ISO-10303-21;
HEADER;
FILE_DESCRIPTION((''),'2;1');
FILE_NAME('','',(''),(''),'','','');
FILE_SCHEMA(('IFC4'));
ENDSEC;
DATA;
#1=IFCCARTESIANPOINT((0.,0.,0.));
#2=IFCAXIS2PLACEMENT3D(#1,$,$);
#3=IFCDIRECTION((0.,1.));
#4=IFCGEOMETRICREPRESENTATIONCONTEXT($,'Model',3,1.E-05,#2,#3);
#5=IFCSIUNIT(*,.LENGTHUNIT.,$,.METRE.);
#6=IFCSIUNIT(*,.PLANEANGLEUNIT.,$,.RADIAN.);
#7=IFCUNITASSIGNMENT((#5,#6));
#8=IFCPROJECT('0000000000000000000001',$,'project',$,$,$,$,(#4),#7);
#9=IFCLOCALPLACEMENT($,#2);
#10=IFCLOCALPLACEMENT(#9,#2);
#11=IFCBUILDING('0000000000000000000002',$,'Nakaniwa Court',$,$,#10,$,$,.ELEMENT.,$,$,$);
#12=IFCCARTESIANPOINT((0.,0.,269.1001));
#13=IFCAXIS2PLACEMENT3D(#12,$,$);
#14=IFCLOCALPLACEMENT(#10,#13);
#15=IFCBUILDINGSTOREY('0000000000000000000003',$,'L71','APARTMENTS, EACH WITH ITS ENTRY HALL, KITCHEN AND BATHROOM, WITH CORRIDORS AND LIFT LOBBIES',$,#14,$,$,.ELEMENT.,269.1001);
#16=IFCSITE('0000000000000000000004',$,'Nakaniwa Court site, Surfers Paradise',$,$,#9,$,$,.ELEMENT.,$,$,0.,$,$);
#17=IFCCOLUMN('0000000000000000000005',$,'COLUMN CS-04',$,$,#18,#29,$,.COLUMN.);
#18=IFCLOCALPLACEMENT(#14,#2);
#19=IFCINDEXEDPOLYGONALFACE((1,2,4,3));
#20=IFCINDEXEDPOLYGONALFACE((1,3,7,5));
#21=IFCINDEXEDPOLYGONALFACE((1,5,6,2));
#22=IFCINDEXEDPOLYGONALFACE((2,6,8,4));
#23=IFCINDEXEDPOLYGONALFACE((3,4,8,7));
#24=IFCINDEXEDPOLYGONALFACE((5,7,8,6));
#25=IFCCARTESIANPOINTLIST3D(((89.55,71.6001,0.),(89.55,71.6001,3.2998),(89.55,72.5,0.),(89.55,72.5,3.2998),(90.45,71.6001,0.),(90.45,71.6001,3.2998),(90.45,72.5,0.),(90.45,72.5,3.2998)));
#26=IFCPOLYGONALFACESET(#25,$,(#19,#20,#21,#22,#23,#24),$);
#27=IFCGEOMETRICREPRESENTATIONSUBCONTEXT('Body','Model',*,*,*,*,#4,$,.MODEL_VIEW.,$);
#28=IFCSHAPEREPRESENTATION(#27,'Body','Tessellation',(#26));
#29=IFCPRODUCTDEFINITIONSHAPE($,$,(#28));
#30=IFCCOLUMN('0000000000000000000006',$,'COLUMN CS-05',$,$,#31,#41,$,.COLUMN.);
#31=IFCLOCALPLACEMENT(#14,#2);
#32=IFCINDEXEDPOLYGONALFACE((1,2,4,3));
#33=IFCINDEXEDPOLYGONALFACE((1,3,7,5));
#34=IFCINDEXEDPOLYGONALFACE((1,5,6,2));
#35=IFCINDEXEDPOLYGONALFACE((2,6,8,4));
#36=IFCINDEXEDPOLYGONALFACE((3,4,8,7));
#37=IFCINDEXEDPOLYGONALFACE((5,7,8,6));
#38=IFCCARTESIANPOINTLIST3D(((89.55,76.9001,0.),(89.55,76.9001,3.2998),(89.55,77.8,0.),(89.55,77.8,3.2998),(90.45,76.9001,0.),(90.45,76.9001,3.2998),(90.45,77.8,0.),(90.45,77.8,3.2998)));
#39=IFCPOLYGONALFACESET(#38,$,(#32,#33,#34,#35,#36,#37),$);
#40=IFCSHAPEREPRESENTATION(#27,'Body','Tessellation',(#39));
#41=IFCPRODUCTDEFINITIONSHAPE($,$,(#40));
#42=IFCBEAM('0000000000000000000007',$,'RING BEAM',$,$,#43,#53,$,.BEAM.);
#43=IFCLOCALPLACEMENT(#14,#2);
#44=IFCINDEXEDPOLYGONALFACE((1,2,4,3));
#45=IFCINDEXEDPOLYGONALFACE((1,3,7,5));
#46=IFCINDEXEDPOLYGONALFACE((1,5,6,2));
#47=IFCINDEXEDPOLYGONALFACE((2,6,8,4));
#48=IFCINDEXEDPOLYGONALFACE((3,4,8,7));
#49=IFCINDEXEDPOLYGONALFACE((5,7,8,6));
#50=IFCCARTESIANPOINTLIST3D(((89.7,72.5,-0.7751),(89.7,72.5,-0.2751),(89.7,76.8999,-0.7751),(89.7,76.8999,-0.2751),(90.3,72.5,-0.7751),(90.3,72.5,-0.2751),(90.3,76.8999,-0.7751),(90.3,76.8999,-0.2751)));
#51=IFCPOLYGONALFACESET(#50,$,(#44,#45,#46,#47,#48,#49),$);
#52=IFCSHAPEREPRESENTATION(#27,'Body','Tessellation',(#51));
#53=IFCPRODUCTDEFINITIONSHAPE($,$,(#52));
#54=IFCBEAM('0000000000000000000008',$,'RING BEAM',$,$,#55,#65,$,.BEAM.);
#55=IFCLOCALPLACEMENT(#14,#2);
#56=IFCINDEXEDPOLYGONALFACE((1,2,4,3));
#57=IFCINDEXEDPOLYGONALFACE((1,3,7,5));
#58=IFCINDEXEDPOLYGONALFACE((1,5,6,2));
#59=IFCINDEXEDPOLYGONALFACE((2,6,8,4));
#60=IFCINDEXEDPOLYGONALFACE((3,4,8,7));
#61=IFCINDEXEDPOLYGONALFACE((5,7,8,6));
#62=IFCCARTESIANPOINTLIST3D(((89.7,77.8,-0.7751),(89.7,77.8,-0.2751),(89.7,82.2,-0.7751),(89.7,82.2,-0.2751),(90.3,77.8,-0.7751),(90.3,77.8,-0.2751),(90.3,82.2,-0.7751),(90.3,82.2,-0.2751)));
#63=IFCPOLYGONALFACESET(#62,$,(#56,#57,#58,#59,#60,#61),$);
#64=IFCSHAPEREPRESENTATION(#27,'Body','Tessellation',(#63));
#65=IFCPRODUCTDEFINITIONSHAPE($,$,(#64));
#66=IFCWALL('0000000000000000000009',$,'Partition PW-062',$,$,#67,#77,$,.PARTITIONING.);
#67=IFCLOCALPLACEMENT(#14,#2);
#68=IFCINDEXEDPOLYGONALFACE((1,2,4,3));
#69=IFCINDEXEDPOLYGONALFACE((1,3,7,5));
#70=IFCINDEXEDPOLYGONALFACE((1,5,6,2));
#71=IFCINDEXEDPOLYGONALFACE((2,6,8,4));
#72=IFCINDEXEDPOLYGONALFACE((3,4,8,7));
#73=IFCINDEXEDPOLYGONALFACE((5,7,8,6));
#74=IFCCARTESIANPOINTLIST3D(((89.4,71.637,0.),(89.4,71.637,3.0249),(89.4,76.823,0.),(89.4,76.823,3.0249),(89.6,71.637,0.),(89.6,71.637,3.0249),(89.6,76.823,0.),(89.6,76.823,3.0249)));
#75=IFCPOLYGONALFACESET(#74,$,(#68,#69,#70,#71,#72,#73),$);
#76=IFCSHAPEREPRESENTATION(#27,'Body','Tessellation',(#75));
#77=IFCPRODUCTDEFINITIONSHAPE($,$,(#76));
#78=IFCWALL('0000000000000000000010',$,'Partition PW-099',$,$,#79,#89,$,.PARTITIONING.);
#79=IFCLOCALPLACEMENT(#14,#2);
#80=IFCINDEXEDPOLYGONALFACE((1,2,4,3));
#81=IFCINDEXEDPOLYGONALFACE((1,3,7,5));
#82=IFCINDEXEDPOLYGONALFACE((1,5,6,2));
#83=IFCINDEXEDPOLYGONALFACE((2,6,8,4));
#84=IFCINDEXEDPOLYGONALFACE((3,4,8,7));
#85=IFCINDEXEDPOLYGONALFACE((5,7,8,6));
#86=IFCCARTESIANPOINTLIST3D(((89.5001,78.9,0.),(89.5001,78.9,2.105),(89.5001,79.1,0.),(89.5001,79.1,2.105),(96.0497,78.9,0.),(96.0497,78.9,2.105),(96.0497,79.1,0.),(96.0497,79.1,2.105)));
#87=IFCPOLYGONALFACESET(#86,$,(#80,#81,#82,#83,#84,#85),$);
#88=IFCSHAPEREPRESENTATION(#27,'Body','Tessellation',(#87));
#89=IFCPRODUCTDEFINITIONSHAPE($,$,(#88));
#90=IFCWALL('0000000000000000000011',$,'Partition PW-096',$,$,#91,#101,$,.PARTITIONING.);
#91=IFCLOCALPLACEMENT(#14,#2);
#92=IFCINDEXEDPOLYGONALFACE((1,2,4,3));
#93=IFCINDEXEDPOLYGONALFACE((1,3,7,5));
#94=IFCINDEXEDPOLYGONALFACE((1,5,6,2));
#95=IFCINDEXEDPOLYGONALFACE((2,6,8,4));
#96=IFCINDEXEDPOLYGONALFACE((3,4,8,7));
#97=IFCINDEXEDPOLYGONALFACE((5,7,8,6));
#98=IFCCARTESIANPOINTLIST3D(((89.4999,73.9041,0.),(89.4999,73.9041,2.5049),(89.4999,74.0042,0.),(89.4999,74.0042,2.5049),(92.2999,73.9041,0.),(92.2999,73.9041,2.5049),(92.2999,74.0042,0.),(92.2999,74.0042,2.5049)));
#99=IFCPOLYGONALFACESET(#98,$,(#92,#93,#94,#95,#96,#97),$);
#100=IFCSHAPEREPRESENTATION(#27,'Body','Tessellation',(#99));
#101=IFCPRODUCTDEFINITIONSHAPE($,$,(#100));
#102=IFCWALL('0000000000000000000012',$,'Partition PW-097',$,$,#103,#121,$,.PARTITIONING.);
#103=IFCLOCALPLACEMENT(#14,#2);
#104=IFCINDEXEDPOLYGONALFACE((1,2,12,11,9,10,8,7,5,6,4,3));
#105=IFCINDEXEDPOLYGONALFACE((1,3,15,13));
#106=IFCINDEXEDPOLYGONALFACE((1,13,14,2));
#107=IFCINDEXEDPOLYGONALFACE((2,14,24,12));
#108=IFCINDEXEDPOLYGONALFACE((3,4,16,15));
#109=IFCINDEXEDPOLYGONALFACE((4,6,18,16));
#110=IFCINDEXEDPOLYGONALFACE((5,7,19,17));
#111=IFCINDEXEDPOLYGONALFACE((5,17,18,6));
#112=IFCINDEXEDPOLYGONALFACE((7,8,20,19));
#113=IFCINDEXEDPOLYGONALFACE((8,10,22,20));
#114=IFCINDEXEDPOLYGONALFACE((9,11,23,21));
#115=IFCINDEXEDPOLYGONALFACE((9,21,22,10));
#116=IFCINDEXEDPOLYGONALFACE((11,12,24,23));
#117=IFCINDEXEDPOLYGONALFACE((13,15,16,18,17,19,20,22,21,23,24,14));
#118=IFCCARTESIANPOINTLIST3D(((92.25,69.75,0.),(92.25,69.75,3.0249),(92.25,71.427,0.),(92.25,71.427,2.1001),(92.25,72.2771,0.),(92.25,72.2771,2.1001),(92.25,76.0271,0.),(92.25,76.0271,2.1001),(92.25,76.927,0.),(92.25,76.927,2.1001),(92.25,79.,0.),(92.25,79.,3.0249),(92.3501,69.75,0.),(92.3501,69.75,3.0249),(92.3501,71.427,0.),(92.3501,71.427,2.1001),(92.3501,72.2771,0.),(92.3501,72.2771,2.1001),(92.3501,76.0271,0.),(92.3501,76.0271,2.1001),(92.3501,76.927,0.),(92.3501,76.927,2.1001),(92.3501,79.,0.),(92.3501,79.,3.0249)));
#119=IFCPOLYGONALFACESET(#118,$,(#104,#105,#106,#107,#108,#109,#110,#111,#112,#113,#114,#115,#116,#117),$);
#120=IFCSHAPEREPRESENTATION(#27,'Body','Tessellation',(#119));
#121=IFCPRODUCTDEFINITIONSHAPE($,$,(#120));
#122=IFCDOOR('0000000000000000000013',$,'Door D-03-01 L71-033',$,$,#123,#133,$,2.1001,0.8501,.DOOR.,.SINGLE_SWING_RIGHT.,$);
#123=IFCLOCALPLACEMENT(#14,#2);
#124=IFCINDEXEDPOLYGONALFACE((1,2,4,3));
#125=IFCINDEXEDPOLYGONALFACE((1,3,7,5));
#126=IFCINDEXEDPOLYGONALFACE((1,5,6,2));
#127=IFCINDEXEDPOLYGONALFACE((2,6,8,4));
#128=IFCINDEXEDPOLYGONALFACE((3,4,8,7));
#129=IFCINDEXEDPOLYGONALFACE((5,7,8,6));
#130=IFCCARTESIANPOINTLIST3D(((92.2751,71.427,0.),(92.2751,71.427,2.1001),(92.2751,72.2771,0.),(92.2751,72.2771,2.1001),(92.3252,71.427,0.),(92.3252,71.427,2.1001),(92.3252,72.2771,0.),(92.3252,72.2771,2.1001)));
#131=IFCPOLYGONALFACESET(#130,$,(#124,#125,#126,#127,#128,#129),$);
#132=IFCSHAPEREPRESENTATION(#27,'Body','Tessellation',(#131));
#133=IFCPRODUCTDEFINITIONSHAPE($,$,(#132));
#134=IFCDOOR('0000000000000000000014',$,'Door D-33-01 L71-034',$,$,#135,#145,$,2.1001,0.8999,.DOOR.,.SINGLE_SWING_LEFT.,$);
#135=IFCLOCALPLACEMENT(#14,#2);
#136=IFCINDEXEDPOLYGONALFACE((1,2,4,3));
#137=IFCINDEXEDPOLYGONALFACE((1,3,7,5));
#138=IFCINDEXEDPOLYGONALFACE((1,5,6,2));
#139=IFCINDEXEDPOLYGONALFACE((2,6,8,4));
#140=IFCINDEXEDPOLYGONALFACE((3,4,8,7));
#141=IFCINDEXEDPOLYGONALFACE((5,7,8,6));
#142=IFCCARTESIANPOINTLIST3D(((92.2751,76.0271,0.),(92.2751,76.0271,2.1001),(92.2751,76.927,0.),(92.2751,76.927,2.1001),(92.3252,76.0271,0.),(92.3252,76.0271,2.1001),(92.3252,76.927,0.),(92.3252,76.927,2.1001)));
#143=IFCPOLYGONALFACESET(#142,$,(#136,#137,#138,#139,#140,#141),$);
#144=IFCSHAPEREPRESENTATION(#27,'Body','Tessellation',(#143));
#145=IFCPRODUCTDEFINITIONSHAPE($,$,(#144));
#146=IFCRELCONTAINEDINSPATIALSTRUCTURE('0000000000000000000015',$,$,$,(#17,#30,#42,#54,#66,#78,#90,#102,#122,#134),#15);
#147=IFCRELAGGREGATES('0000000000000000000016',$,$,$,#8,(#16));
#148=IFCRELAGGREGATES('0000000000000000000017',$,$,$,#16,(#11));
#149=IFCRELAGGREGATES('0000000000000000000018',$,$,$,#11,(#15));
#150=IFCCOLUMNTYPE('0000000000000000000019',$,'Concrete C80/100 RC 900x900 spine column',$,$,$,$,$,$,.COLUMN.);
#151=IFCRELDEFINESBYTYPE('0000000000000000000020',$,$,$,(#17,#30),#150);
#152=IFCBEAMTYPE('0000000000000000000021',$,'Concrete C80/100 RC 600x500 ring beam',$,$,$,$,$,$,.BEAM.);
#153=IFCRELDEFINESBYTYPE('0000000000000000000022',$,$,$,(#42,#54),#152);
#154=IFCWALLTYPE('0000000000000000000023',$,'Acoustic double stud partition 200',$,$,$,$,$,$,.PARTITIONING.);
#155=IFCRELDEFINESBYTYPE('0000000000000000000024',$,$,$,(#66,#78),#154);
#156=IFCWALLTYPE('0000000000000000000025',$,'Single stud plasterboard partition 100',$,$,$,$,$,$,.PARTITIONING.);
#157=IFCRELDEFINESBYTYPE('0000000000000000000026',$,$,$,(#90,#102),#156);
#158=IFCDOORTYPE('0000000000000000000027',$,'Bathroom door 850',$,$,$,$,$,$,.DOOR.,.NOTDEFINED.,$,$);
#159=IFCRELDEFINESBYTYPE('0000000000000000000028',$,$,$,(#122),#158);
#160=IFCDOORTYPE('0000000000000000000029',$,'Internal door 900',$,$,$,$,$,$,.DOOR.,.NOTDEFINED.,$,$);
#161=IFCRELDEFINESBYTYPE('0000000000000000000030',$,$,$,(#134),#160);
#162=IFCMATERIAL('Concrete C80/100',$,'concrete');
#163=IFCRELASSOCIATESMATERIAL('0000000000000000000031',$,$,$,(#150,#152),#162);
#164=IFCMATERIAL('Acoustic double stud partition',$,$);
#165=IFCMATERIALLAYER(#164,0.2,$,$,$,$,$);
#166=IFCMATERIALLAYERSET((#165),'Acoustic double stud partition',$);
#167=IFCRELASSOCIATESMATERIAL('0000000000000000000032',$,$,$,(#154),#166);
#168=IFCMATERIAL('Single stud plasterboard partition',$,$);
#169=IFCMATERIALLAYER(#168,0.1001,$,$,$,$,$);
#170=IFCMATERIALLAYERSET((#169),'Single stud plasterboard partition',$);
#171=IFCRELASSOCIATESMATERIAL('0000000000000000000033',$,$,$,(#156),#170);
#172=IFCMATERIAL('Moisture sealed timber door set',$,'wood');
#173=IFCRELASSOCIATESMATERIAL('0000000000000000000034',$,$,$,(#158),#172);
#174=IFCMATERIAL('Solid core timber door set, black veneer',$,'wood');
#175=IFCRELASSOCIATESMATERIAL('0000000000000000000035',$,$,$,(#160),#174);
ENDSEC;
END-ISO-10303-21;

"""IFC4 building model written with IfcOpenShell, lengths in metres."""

from ifc_helpers import new_model, si_unit, direction, frame, frame_2d, origin, origin_2d, place, context, subcontext, project, spatial, rectangle, extrude, material, layer, layer_set, material_profile, profile_set, type_object, element, fill, save


model = new_model("IFC4")

# Units and contexts
model_context = context("Model", 3, precision=1e-05, world=origin(), true_north=direction((0.0, 1.0)))
body_context = subcontext(model_context, "Body", "Model", "MODEL_VIEW")
ifc_project = project(units=[si_unit("LENGTHUNIT", "METRE"), si_unit("PLANEANGLEUNIT", "RADIAN")], contexts=[model_context])

# Site, building, storey
site_placement = place(None, origin())
site = spatial("IfcSite", under=ifc_project, at=site_placement, Name="Nakaniwa Court site, Surfers Paradise", CompositionType="ELEMENT", RefElevation=0.0)
building_placement = place(site_placement, origin())
building = spatial("IfcBuilding", under=site, at=building_placement, Name="Nakaniwa Court", CompositionType="ELEMENT")
storey_placement = place(building_placement, frame((0.0, 0.0, 269.1001)))
storey = spatial("IfcBuildingStorey", under=building, at=storey_placement, Name="L71", Description="APARTMENTS, EACH WITH ITS ENTRY HALL, KITCHEN AND BATHROOM, WITH CORRIDORS AND LIFT LOBBIES", CompositionType="ELEMENT", Elevation=269.1001)

# Columns
ifc_material_1 = material(Name="Concrete C80/100", Category="concrete")
ifc_material_profile_1 = material_profile(ifc_material_1, rectangle(XDim=0.8999, YDim=0.8999, at=origin_2d()), Name="Concrete C80/100 RC 900x900 spine column")
ifc_profile_set_1 = profile_set([ifc_material_profile_1], Name="Concrete C80/100")
column_type = type_object("IfcColumnType", Name="Concrete C80/100 RC 900x900 spine column", PredefinedType="COLUMN", material=ifc_profile_set_1)
for number, where, z_axis, x_axis, name in (
    (1, (90.0, 72.05, 0.0), (0.0, 0.0, 1.0), (0.0, 1.0, 0.0), "COLUMN CS-04"),
    (2, (90.0, 77.3501, 0.0), (0.0, 0.0, 1.0), (0.0, 1.0, 0.0), "COLUMN CS-05"),
):
    element("IfcColumn", number, at=place(storey_placement, frame(where, z_axis=z_axis, x_axis=x_axis)), inside=storey, type_object=column_type, Name=name, PredefinedType="COLUMN", context=body_context, shape_type="SweptSolid", body=[
        extrude(rectangle(XDim=0.8999, YDim=0.8999, at=origin_2d()), origin(), (0.0, 0.0, 1.0), 3.2998),
    ])

# Beams
ifc_material_profile_2 = material_profile(ifc_material_1, rectangle(XDim=0.6001, YDim=0.5, at=origin_2d()), Name="Concrete C80/100 RC 600x500 ring beam")
ifc_profile_set_2 = profile_set([ifc_material_profile_2], Name="Concrete C80/100")
beam_type = type_object("IfcBeamType", Name="Concrete C80/100 RC 600x500 ring beam", PredefinedType="BEAM", material=ifc_profile_set_2)
for number, where, z_axis, x_axis, name in (
    (3, (90.0, 72.5, -0.5251), (0.0, 1.0, 0.0), (-1.0, 0.0, 0.0), "RING BEAM"),
    (4, (90.0, 77.8, -0.5251), (0.0, 1.0, 0.0), (-1.0, 0.0, 0.0), "RING BEAM"),
):
    element("IfcBeam", number, at=place(storey_placement, frame(where, z_axis=z_axis, x_axis=x_axis)), inside=storey, type_object=beam_type, Name=name, PredefinedType="BEAM", context=body_context, shape_type="SweptSolid", body=[
        extrude(rectangle(XDim=0.6001, YDim=0.5, at=origin_2d()), origin(), (0.0, 0.0, 1.0), 4.3999),
    ])

# Walls
ifc_material_2 = material(Name="Acoustic double stud partition")
ifc_layer_1 = layer(ifc_material_2, 0.2)
ifc_layer_set_1 = layer_set([ifc_layer_1], Name="Acoustic double stud partition")
wall_type_1 = type_object("IfcWallType", Name="Acoustic double stud partition 200", PredefinedType="PARTITIONING", material=ifc_layer_set_1)
wall_1_placement = place(storey_placement, frame((89.5, 71.637, 0.0), z_axis=(0.0, 0.0, 1.0), x_axis=(0.0, 1.0, 0.0)))
element("IfcWall", 5, at=wall_1_placement, inside=storey, type_object=wall_type_1, Name="Partition PW-062", PredefinedType="PARTITIONING", context=body_context, shape_type="SweptSolid", body=[
    extrude(rectangle(XDim=5.186, YDim=0.2, at=frame_2d((2.593, 0.0))), origin(), (0.0, 0.0, 1.0), 3.0249),
])
wall_2_placement = place(storey_placement, frame((89.5, 79.0, 0.0), z_axis=(0.0, 0.0, 1.0), x_axis=(1.0, 0.0, 0.0)))
element("IfcWall", 6, at=wall_2_placement, inside=storey, type_object=wall_type_1, Name="Partition PW-099", PredefinedType="PARTITIONING", context=body_context, shape_type="SweptSolid", body=[
    extrude(rectangle(XDim=6.5496, YDim=0.2, at=frame_2d((3.2749, 0.0))), origin(), (0.0, 0.0, 1.0), 2.105),
])
ifc_material_3 = material(Name="Single stud plasterboard partition")
ifc_layer_2 = layer(ifc_material_3, 0.1001)
ifc_layer_set_2 = layer_set([ifc_layer_2], Name="Single stud plasterboard partition")
wall_type_2 = type_object("IfcWallType", Name="Single stud plasterboard partition 100", PredefinedType="PARTITIONING", material=ifc_layer_set_2)
wall_3_placement = place(storey_placement, frame((89.5, 73.9541, 0.0), z_axis=(0.0, 0.0, 1.0), x_axis=(1.0, 0.0, 0.0)))
element("IfcWall", 7, at=wall_3_placement, inside=storey, type_object=wall_type_2, Name="Partition PW-096", PredefinedType="PARTITIONING", context=body_context, shape_type="SweptSolid", body=[
    extrude(rectangle(XDim=2.8, YDim=0.1001, at=frame_2d((1.3999, 0.0))), origin(), (0.0, 0.0, 1.0), 2.5049),
])

# Wall, openings, doors
wall_4_placement = place(storey_placement, frame((92.3, 69.75, 0.0), z_axis=(0.0, 0.0, 1.0), x_axis=(0.0, 1.0, 0.0)))
wall_4 = element("IfcWall", 8, at=wall_4_placement, inside=storey, type_object=wall_type_2, Name="Partition PW-097", PredefinedType="PARTITIONING", context=body_context, shape_type="SweptSolid", body=[
    extrude(rectangle(XDim=9.25, YDim=0.1001, at=frame_2d((4.625, 0.0))), origin(), (0.0, 0.0, 1.0), 3.0249),
])
opening_1_placement = place(wall_4_placement, frame((1.677, 0.0, 0.0)))
opening_1 = element("IfcOpeningElement", 9, at=opening_1_placement, cuts=wall_4, PredefinedType="OPENING", context=body_context, shape_type="SweptSolid", body=[
    extrude(rectangle(XDim=0.8501, YDim=2.1001, at=frame_2d((0.425, 1.05))), frame((0.0, 0.0601, 0.0), z_axis=(0.0, -1.0, 0.0), x_axis=(1.0, 0.0, 0.0)), (0.0, 0.0, 1.0), 0.1201),
])
opening_2_placement = place(wall_4_placement, frame((6.2771, 0.0, 0.0)))
opening_2 = element("IfcOpeningElement", 10, at=opening_2_placement, cuts=wall_4, PredefinedType="OPENING", context=body_context, shape_type="SweptSolid", body=[
    extrude(rectangle(XDim=0.8999, YDim=2.1001, at=frame_2d((0.45, 1.05))), frame((0.0, 0.0601, 0.0), z_axis=(0.0, -1.0, 0.0), x_axis=(1.0, 0.0, 0.0)), (0.0, 0.0, 1.0), 0.1201),
])
ifc_material_4 = material(Name="Moisture sealed timber door set", Category="wood")
door_type_1 = type_object("IfcDoorType", Name="Bathroom door 850", OperationType="NOTDEFINED", PredefinedType="DOOR", material=ifc_material_4)
door_1_placement = place(opening_1_placement, origin())
door_1 = element("IfcDoor", 11, at=door_1_placement, inside=storey, type_object=door_type_1, Name="Door D-03-01 L71-033", OperationType="SINGLE_SWING_RIGHT", OverallHeight=2.1001, OverallWidth=0.8501, PredefinedType="DOOR", context=body_context, shape_type="SweptSolid", body=[
    extrude(rectangle(XDim=0.8501, YDim=2.1001, at=frame_2d((0.425, 1.05))), frame((0.0, 0.0249, 0.0), z_axis=(0.0, -1.0, 0.0), x_axis=(1.0, 0.0, 0.0)), (0.0, 0.0, 1.0), 0.05),
])
fill(opening_1, door_1)
ifc_material_5 = material(Name="Solid core timber door set, black veneer", Category="wood")
door_type_2 = type_object("IfcDoorType", Name="Internal door 900", OperationType="NOTDEFINED", PredefinedType="DOOR", material=ifc_material_5)
door_2_placement = place(opening_2_placement, origin())
door_2 = element("IfcDoor", 12, at=door_2_placement, inside=storey, type_object=door_type_2, Name="Door D-33-01 L71-034", OperationType="SINGLE_SWING_LEFT", OverallHeight=2.1001, OverallWidth=0.8999, PredefinedType="DOOR", context=body_context, shape_type="SweptSolid", body=[
    extrude(rectangle(XDim=0.8999, YDim=2.1001, at=frame_2d((0.45, 1.05))), frame((0.0, 0.0249, 0.0), z_axis=(0.0, -1.0, 0.0), x_axis=(1.0, 0.0, 0.0)), (0.0, 0.0, 1.0), 0.05),
])
fill(opening_2, door_2)

save(model, "model.ifc")
